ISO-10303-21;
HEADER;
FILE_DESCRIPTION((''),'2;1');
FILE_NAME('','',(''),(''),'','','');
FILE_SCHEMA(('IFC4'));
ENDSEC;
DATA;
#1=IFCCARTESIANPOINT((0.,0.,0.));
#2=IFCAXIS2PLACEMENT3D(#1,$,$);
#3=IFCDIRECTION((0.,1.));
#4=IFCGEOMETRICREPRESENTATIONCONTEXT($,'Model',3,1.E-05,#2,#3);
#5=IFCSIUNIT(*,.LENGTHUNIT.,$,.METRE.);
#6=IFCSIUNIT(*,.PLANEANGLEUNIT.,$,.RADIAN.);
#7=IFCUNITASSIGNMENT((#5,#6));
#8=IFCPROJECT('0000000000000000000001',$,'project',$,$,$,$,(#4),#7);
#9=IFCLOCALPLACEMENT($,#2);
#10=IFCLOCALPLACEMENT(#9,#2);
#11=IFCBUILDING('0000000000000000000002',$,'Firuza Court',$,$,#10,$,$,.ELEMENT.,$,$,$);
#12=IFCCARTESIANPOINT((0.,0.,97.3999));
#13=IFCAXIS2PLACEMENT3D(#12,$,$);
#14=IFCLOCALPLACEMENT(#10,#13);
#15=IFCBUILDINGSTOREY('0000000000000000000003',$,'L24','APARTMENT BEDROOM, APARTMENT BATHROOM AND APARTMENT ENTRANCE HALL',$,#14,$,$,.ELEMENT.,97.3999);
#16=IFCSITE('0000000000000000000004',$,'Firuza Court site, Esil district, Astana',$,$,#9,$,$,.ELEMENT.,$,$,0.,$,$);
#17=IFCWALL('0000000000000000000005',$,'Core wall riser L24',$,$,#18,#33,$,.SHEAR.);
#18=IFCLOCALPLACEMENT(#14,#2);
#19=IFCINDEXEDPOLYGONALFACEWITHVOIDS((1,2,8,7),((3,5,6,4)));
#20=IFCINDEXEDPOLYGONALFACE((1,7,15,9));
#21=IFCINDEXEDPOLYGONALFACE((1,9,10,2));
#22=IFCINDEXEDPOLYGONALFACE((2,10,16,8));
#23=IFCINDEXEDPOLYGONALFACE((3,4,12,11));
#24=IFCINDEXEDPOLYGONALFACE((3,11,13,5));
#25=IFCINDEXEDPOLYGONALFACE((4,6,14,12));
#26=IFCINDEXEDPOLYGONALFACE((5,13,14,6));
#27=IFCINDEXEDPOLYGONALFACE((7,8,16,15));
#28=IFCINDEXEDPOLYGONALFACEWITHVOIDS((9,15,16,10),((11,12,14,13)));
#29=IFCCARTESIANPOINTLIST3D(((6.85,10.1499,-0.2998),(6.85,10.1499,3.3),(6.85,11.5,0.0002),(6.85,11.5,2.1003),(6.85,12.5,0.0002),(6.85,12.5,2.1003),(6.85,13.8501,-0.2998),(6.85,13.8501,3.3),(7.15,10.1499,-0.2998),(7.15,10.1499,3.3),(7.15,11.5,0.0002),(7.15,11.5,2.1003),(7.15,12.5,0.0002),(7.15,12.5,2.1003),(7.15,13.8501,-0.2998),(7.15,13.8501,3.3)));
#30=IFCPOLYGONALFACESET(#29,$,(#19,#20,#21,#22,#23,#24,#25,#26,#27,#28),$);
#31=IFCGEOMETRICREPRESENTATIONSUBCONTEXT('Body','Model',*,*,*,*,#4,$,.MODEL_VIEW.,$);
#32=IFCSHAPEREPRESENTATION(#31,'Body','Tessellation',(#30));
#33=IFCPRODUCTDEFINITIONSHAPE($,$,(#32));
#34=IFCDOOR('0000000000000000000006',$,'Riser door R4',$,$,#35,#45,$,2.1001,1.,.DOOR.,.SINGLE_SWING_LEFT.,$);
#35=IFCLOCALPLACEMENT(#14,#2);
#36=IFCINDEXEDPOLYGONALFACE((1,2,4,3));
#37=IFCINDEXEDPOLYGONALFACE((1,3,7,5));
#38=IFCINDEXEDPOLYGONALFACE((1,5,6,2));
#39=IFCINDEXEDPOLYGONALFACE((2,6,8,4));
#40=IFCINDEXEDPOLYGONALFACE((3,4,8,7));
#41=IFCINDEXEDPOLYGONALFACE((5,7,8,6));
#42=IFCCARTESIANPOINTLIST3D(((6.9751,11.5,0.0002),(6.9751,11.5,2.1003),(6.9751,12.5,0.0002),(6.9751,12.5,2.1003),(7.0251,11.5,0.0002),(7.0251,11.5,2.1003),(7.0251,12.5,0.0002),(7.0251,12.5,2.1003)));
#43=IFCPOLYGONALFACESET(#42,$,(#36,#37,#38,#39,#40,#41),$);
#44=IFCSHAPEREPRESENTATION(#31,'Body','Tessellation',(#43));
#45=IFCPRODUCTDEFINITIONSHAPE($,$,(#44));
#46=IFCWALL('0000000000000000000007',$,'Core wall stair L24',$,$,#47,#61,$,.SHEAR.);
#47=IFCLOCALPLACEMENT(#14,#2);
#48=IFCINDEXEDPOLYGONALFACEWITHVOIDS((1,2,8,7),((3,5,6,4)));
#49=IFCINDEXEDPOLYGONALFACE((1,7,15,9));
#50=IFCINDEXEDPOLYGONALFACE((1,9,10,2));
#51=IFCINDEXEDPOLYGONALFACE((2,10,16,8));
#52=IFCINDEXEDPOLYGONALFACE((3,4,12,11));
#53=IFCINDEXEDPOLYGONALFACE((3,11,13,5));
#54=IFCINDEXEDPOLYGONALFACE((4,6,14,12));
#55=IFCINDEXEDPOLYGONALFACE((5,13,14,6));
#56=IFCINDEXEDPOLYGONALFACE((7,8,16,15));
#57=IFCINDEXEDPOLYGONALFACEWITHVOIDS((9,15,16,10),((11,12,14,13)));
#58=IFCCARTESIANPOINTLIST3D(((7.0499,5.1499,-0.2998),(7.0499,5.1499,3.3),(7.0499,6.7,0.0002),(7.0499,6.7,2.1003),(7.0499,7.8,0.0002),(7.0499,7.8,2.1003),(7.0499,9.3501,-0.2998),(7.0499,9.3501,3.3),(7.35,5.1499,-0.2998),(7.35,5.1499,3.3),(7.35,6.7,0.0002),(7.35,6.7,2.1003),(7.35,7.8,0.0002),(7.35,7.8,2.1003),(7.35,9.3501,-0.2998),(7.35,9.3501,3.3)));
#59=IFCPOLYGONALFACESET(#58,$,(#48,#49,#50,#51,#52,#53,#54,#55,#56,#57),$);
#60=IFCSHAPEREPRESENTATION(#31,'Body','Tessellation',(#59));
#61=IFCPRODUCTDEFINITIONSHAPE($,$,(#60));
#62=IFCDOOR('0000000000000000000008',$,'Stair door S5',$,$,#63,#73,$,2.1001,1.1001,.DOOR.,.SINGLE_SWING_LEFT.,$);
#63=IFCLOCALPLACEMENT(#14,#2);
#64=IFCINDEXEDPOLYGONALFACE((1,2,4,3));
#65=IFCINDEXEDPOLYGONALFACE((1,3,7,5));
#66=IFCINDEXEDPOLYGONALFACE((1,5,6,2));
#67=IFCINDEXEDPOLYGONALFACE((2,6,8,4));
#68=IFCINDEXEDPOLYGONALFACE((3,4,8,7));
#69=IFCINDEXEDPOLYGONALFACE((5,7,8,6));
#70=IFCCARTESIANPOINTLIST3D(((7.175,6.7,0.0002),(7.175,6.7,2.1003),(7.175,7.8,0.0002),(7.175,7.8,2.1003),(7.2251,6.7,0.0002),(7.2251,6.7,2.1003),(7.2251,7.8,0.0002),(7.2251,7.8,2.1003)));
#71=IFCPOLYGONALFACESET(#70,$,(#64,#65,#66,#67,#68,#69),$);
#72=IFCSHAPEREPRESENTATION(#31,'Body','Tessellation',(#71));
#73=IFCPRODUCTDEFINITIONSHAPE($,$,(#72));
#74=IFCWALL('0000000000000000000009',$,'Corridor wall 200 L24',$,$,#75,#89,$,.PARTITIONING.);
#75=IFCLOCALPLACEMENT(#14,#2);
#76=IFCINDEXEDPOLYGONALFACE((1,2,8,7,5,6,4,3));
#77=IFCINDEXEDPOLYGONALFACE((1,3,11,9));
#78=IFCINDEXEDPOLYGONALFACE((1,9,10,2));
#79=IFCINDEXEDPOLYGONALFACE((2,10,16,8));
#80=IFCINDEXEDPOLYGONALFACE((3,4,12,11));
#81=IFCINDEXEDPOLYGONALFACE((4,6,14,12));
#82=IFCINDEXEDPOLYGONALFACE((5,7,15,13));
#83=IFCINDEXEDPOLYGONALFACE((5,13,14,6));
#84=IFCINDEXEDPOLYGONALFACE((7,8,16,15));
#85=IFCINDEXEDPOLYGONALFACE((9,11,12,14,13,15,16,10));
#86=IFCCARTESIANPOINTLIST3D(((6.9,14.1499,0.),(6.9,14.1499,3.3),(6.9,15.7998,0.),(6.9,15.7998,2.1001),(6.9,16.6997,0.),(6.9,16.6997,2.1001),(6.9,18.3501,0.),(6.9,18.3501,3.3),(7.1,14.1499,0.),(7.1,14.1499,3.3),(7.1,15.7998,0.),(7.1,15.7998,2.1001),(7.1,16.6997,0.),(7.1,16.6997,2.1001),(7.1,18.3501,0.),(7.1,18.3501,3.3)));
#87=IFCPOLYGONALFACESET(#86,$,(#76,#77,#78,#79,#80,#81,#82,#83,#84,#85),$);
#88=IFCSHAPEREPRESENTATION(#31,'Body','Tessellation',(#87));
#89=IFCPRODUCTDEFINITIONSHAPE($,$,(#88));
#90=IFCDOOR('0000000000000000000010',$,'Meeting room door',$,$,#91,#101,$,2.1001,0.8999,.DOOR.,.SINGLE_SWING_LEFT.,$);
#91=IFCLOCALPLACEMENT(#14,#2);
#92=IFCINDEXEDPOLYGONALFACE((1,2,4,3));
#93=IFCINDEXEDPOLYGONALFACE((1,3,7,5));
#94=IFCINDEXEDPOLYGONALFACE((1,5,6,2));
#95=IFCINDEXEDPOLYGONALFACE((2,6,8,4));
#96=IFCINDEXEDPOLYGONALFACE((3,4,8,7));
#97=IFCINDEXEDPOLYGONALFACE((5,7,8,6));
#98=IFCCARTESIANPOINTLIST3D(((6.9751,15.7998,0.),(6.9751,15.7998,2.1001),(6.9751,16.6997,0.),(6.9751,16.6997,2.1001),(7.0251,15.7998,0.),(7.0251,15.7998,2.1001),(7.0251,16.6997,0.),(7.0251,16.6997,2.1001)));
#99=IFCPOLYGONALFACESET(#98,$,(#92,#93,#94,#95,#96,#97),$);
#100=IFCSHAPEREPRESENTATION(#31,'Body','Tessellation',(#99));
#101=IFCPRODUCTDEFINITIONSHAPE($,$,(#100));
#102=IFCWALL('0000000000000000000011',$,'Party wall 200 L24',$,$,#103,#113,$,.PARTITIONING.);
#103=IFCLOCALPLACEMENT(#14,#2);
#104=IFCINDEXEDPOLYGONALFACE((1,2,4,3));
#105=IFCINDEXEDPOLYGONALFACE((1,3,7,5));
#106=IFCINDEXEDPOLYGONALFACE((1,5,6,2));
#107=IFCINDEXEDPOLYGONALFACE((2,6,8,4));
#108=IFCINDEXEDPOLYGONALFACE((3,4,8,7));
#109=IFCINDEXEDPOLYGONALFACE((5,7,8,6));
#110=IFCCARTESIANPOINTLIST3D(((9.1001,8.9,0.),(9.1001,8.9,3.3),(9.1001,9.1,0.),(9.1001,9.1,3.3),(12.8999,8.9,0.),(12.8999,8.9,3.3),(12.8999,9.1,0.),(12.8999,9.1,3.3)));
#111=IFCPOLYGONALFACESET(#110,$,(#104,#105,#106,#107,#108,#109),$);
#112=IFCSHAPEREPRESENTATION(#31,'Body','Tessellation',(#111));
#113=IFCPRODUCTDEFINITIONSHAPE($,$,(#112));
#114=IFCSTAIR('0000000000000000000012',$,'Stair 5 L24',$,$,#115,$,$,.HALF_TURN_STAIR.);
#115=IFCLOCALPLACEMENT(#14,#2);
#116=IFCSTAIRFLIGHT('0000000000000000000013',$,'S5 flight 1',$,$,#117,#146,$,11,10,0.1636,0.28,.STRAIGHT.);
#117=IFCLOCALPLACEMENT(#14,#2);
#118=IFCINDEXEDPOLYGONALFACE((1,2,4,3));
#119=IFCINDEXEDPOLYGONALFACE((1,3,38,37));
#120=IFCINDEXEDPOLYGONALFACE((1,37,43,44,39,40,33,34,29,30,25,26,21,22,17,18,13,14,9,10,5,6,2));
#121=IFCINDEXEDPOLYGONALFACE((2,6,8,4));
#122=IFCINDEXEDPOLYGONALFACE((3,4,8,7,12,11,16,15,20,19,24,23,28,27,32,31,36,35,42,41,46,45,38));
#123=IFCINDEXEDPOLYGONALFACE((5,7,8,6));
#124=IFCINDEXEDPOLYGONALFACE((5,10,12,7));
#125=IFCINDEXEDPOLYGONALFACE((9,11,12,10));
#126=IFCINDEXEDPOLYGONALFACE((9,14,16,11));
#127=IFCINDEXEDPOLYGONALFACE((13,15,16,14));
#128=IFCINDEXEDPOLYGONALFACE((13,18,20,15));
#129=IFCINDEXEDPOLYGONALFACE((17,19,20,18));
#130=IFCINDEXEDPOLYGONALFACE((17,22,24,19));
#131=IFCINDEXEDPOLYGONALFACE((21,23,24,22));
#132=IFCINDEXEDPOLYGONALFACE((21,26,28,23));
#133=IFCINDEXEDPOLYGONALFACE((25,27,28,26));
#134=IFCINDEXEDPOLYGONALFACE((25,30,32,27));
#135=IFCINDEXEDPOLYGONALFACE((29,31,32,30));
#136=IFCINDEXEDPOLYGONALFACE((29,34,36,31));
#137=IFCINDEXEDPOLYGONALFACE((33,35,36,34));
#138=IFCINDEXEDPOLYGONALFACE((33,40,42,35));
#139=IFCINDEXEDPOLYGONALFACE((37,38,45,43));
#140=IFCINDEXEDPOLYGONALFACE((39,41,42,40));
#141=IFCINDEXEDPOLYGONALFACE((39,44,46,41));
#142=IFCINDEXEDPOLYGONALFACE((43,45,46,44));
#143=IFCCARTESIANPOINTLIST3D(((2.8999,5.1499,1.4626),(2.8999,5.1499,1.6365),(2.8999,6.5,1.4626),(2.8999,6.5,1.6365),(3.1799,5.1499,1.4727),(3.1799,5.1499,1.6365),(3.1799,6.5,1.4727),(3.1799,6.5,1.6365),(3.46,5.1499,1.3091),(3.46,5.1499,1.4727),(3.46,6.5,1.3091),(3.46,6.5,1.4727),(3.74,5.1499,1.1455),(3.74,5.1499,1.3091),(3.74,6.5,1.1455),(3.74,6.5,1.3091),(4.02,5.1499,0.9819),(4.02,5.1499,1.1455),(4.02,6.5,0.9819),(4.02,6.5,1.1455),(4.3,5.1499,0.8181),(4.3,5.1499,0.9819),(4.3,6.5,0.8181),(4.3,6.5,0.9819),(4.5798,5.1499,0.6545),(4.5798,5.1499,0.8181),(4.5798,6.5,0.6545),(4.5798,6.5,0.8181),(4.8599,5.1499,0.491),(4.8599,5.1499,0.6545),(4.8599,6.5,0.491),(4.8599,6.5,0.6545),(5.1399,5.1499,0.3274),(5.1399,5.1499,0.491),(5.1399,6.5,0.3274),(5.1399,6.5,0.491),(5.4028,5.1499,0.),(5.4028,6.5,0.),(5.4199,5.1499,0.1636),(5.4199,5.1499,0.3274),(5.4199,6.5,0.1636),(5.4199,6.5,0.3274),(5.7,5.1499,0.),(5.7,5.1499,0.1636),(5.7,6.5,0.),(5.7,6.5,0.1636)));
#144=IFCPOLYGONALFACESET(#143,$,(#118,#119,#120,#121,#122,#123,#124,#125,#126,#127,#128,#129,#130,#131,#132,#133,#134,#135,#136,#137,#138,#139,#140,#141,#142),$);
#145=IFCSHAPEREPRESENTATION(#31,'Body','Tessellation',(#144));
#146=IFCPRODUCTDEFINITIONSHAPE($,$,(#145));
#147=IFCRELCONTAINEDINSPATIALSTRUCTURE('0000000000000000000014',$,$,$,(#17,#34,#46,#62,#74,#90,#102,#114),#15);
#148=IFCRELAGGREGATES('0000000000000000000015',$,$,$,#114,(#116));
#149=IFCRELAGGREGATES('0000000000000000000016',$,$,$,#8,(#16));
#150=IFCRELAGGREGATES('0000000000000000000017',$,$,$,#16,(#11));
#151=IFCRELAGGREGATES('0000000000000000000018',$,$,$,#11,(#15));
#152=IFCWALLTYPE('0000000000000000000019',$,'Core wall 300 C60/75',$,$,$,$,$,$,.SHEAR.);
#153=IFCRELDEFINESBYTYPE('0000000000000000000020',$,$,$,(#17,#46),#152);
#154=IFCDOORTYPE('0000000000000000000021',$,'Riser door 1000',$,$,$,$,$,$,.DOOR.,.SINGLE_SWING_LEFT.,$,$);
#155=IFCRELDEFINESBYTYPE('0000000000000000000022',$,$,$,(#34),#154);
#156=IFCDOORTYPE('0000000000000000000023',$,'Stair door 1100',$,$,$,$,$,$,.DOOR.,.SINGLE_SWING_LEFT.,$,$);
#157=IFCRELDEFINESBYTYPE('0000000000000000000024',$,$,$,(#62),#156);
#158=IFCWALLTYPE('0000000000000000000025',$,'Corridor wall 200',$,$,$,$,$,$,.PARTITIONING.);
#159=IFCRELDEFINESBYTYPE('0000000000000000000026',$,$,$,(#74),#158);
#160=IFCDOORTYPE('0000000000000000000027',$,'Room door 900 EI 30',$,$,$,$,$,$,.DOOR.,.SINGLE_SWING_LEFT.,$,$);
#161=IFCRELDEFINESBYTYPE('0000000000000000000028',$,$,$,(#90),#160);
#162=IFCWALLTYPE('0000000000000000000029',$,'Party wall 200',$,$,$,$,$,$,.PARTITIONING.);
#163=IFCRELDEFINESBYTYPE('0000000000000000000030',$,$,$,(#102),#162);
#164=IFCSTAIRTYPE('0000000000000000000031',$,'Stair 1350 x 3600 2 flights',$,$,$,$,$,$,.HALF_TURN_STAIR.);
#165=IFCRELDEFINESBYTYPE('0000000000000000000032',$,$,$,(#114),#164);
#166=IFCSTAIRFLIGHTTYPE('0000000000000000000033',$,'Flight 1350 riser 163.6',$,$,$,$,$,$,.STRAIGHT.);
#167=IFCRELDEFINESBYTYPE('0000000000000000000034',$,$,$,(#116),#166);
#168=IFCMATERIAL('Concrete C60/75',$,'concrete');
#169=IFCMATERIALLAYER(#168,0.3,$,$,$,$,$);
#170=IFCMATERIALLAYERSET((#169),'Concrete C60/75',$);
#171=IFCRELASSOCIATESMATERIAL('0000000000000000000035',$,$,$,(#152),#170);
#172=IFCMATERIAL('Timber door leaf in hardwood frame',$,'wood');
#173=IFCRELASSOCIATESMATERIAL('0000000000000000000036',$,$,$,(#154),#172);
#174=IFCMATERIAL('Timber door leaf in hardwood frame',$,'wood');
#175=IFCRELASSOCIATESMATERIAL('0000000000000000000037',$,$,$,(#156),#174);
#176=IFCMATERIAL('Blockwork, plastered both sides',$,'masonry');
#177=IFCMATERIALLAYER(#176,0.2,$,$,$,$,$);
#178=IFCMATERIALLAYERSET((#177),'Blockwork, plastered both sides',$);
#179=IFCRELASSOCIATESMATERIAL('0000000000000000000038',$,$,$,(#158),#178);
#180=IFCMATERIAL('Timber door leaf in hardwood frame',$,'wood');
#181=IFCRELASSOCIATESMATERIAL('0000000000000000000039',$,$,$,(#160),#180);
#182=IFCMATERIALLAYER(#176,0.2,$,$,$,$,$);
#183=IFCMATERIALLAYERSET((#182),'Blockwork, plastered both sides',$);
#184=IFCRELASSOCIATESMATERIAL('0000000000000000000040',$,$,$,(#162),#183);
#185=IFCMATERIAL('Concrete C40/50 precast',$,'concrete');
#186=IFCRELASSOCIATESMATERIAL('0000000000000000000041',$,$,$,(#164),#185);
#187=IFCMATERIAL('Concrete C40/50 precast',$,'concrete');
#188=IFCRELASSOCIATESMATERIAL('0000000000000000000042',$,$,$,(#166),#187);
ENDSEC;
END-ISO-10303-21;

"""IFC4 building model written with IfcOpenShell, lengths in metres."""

from ifc_helpers import new_model, si_unit, direction, frame, frame_2d, origin, place, context, subcontext, project, spatial, polyline, rectangle, outline, extrude, material, layer, layer_set, type_object, element, fill, aggregate, save


model = new_model("IFC4")

# Units and contexts
model_context = context("Model", 3, precision=1e-05, world=origin(), true_north=direction((0.0, 1.0)))
body_context = subcontext(model_context, "Body", "Model", "MODEL_VIEW")
ifc_project = project(units=[si_unit("LENGTHUNIT", "METRE"), si_unit("PLANEANGLEUNIT", "RADIAN")], contexts=[model_context])

# Site, building, storey
site_placement = place(None, origin())
site = spatial("IfcSite", under=ifc_project, at=site_placement, Name="Firuza Court site, Esil district, Astana", CompositionType="ELEMENT", RefElevation=0.0)
building_placement = place(site_placement, origin())
building = spatial("IfcBuilding", under=site, at=building_placement, Name="Firuza Court", CompositionType="ELEMENT")
storey_placement = place(building_placement, frame((0.0, 0.0, 97.3999)))
storey = spatial("IfcBuildingStorey", under=building, at=storey_placement, Name="L24", Description="APARTMENT BEDROOM, APARTMENT BATHROOM AND APARTMENT ENTRANCE HALL", CompositionType="ELEMENT", Elevation=97.3999)

# Shared definitions
ifc_material_1 = material(Name="Concrete C60/75", Category="concrete")
ifc_layer_1 = layer(ifc_material_1, 0.3)
ifc_layer_set_1 = layer_set([ifc_layer_1], Name="Concrete C60/75")
wall_type_1 = type_object("IfcWallType", Name="Core wall 300 C60/75", PredefinedType="SHEAR", material=ifc_layer_set_1)

# Walls, openings, doors
wall_1_placement = place(storey_placement, frame((7.0, 10.1499, -0.2998), z_axis=(0.0, 0.0, 1.0), x_axis=(0.0, 1.0, 0.0)))
wall_1 = element("IfcWall", 1, at=wall_1_placement, inside=storey, type_object=wall_type_1, Name="Core wall riser L24", PredefinedType="SHEAR", context=body_context, shape_type="SweptSolid", body=[
    extrude(rectangle(XDim=3.7002, YDim=0.3, at=frame_2d((1.8501, 0.0))), origin(), (0.0, 0.0, 1.0), 3.5999),
])
opening_1_placement = place(wall_1_placement, frame((1.3501, 0.0, 0.3)))
opening_1 = element("IfcOpeningElement", 2, at=opening_1_placement, cuts=wall_1, PredefinedType="OPENING", context=body_context, shape_type="SweptSolid", body=[
    extrude(rectangle(XDim=1.0, YDim=2.1001, at=frame_2d((0.5, 1.05))), frame((0.0, 0.1621, 0.0), z_axis=(0.0, -1.0, 0.0), x_axis=(1.0, 0.0, 0.0)), (0.0, 0.0, 1.0), 0.324),
])
ifc_material_2 = material(Name="Timber door leaf in hardwood frame", Category="wood")
door_type_1 = type_object("IfcDoorType", Name="Riser door 1000", OperationType="SINGLE_SWING_LEFT", PredefinedType="DOOR", material=ifc_material_2)
door_1_placement = place(opening_1_placement, origin())
door_1 = element("IfcDoor", 3, at=door_1_placement, inside=storey, type_object=door_type_1, Name="Riser door R4", OperationType="SINGLE_SWING_LEFT", OverallHeight=2.1001, OverallWidth=1.0, PredefinedType="DOOR", context=body_context, shape_type="SweptSolid", body=[
    extrude(rectangle(XDim=1.0, YDim=2.1001, at=frame_2d((0.5, 1.05))), frame((0.0, 0.0249, 0.0), z_axis=(0.0, -1.0, 0.0), x_axis=(1.0, 0.0, 0.0)), (0.0, 0.0, 1.0), 0.05),
])
fill(opening_1, door_1)
wall_2_placement = place(storey_placement, frame((7.2, 5.1499, -0.2998), z_axis=(0.0, 0.0, 1.0), x_axis=(0.0, 1.0, 0.0)))
wall_2 = element("IfcWall", 4, at=wall_2_placement, inside=storey, type_object=wall_type_1, Name="Core wall stair L24", PredefinedType="SHEAR", context=body_context, shape_type="SweptSolid", body=[
    extrude(rectangle(XDim=4.2002, YDim=0.3, at=frame_2d((2.1001, 0.0))), origin(), (0.0, 0.0, 1.0), 3.5999),
])
opening_2_placement = place(wall_2_placement, frame((1.55, 0.0, 0.3)))
opening_2 = element("IfcOpeningElement", 5, at=opening_2_placement, cuts=wall_2, PredefinedType="OPENING", context=body_context, shape_type="SweptSolid", body=[
    extrude(rectangle(XDim=1.1001, YDim=2.1001, at=frame_2d((0.55, 1.05))), frame((0.0, 0.1621, 0.0), z_axis=(0.0, -1.0, 0.0), x_axis=(1.0, 0.0, 0.0)), (0.0, 0.0, 1.0), 0.324),
])
ifc_material_3 = material(Name="Timber door leaf in hardwood frame", Category="wood")
door_type_2 = type_object("IfcDoorType", Name="Stair door 1100", OperationType="SINGLE_SWING_LEFT", PredefinedType="DOOR", material=ifc_material_3)
door_2_placement = place(opening_2_placement, origin())
door_2 = element("IfcDoor", 6, at=door_2_placement, inside=storey, type_object=door_type_2, Name="Stair door S5", OperationType="SINGLE_SWING_LEFT", OverallHeight=2.1001, OverallWidth=1.1001, PredefinedType="DOOR", context=body_context, shape_type="SweptSolid", body=[
    extrude(rectangle(XDim=1.1001, YDim=2.1001, at=frame_2d((0.55, 1.05))), frame((0.0, 0.0249, 0.0), z_axis=(0.0, -1.0, 0.0), x_axis=(1.0, 0.0, 0.0)), (0.0, 0.0, 1.0), 0.05),
])
fill(opening_2, door_2)
ifc_material_4 = material(Name="Blockwork, plastered both sides", Category="masonry")
ifc_layer_2 = layer(ifc_material_4, 0.2)
ifc_layer_set_2 = layer_set([ifc_layer_2], Name="Blockwork, plastered both sides")
wall_type_2 = type_object("IfcWallType", Name="Corridor wall 200", PredefinedType="PARTITIONING", material=ifc_layer_set_2)
wall_3_placement = place(storey_placement, frame((7.0, 14.1499, 0.0), z_axis=(0.0, 0.0, 1.0), x_axis=(0.0, 1.0, 0.0)))
wall_3 = element("IfcWall", 7, at=wall_3_placement, inside=storey, type_object=wall_type_2, Name="Corridor wall 200 L24", PredefinedType="PARTITIONING", context=body_context, shape_type="SweptSolid", body=[
    extrude(rectangle(XDim=4.2002, YDim=0.2, at=frame_2d((2.1001, 0.0))), origin(), (0.0, 0.0, 1.0), 3.3),
])
opening_3_placement = place(wall_3_placement, frame((1.6499, 0.0, 0.0)))
opening_3 = element("IfcOpeningElement", 8, at=opening_3_placement, cuts=wall_3, PredefinedType="OPENING", context=body_context, shape_type="SweptSolid", body=[
    extrude(rectangle(XDim=0.8999, YDim=2.1001, at=frame_2d((0.45, 1.05))), frame((0.0, 0.1118, 0.0), z_axis=(0.0, -1.0, 0.0), x_axis=(1.0, 0.0, 0.0)), (0.0, 0.0, 1.0), 0.2239),
])
ifc_material_5 = material(Name="Timber door leaf in hardwood frame", Category="wood")
door_type_3 = type_object("IfcDoorType", Name="Room door 900 EI 30", OperationType="SINGLE_SWING_LEFT", PredefinedType="DOOR", material=ifc_material_5)
door_3_placement = place(opening_3_placement, origin())
door_3 = element("IfcDoor", 9, at=door_3_placement, inside=storey, type_object=door_type_3, Name="Meeting room door", OperationType="SINGLE_SWING_LEFT", OverallHeight=2.1001, OverallWidth=0.8999, PredefinedType="DOOR", context=body_context, shape_type="SweptSolid", body=[
    extrude(rectangle(XDim=0.8999, YDim=2.1001, at=frame_2d((0.45, 1.05))), frame((0.0, 0.0249, 0.0), z_axis=(0.0, -1.0, 0.0), x_axis=(1.0, 0.0, 0.0)), (0.0, 0.0, 1.0), 0.05),
])
fill(opening_3, door_3)

# Wall
ifc_layer_3 = layer(ifc_material_4, 0.2)
ifc_layer_set_3 = layer_set([ifc_layer_3], Name="Blockwork, plastered both sides")
wall_type_3 = type_object("IfcWallType", Name="Party wall 200", PredefinedType="PARTITIONING", material=ifc_layer_set_3)
wall_4_placement = place(storey_placement, frame((9.1001, 9.0, 0.0), z_axis=(0.0, 0.0, 1.0), x_axis=(1.0, 0.0, 0.0)))
element("IfcWall", 10, at=wall_4_placement, inside=storey, type_object=wall_type_3, Name="Party wall 200 L24", PredefinedType="PARTITIONING", context=body_context, shape_type="SweptSolid", body=[
    extrude(rectangle(XDim=3.7998, YDim=0.2, at=frame_2d((1.8999, 0.0))), origin(), (0.0, 0.0, 1.0), 3.3),
])

# Stair, stair flight
ifc_material_6 = material(Name="Concrete C40/50 precast", Category="concrete")
stair_type = type_object("IfcStairType", Name="Stair 1350 x 3600 2 flights", PredefinedType="HALF_TURN_STAIR", material=ifc_material_6)
stair_placement = place(storey_placement, origin())
stair = element("IfcStair", 11, at=stair_placement, inside=storey, type_object=stair_type, Name="Stair 5 L24", PredefinedType="HALF_TURN_STAIR")
ifc_material_7 = material(Name="Concrete C40/50 precast", Category="concrete")
stair_flight_type = type_object("IfcStairFlightType", Name="Flight 1350 riser 163.6", PredefinedType="STRAIGHT", material=ifc_material_7)
stair_flight_1_placement = place(storey_placement, frame((5.7, 5.825, 0.0), z_axis=(0.0, 0.0, 1.0), x_axis=(-1.0, 0.0, 0.0)))
stair_flight_1 = element("IfcStairFlight", 12, at=stair_flight_1_placement, type_object=stair_flight_type, Name="S5 flight 1", NumberOfRisers=11, NumberOfTreads=10, PredefinedType="STRAIGHT", RiserHeight=0.1636, TreadLength=0.28, context=body_context, shape_type="SweptSolid", body=[
    extrude(outline(polyline([(0.0, 0.0), (0.0, 0.1636), (0.28, 0.1636), (0.28, 0.3274), (0.5601, 0.3274), (0.5601, 0.491), (0.8401, 0.491), (0.8401, 0.6545), (1.1201, 0.6545), (1.1201, 0.8181), (1.3999, 0.8181), (1.3999, 0.9819), (1.6799, 0.9819), (1.6799, 1.1455), (1.96, 1.1455), (1.96, 1.3091), (2.24, 1.3091), (2.24, 1.4727), (2.52, 1.4727), (2.52, 1.6365), (2.8, 1.6365), (2.8, 1.8), (2.8, 1.4626), (0.2971, 0.0), (0.0, 0.0)])), frame((0.0, 0.675, 0.0), z_axis=(0.0, -1.0, 0.0), x_axis=(1.0, 0.0, 0.0)), (0.0, 0.0, 1.0), 1.3501),
])
aggregate(stair, [stair_flight_1])

save(model, "model.ifc")
